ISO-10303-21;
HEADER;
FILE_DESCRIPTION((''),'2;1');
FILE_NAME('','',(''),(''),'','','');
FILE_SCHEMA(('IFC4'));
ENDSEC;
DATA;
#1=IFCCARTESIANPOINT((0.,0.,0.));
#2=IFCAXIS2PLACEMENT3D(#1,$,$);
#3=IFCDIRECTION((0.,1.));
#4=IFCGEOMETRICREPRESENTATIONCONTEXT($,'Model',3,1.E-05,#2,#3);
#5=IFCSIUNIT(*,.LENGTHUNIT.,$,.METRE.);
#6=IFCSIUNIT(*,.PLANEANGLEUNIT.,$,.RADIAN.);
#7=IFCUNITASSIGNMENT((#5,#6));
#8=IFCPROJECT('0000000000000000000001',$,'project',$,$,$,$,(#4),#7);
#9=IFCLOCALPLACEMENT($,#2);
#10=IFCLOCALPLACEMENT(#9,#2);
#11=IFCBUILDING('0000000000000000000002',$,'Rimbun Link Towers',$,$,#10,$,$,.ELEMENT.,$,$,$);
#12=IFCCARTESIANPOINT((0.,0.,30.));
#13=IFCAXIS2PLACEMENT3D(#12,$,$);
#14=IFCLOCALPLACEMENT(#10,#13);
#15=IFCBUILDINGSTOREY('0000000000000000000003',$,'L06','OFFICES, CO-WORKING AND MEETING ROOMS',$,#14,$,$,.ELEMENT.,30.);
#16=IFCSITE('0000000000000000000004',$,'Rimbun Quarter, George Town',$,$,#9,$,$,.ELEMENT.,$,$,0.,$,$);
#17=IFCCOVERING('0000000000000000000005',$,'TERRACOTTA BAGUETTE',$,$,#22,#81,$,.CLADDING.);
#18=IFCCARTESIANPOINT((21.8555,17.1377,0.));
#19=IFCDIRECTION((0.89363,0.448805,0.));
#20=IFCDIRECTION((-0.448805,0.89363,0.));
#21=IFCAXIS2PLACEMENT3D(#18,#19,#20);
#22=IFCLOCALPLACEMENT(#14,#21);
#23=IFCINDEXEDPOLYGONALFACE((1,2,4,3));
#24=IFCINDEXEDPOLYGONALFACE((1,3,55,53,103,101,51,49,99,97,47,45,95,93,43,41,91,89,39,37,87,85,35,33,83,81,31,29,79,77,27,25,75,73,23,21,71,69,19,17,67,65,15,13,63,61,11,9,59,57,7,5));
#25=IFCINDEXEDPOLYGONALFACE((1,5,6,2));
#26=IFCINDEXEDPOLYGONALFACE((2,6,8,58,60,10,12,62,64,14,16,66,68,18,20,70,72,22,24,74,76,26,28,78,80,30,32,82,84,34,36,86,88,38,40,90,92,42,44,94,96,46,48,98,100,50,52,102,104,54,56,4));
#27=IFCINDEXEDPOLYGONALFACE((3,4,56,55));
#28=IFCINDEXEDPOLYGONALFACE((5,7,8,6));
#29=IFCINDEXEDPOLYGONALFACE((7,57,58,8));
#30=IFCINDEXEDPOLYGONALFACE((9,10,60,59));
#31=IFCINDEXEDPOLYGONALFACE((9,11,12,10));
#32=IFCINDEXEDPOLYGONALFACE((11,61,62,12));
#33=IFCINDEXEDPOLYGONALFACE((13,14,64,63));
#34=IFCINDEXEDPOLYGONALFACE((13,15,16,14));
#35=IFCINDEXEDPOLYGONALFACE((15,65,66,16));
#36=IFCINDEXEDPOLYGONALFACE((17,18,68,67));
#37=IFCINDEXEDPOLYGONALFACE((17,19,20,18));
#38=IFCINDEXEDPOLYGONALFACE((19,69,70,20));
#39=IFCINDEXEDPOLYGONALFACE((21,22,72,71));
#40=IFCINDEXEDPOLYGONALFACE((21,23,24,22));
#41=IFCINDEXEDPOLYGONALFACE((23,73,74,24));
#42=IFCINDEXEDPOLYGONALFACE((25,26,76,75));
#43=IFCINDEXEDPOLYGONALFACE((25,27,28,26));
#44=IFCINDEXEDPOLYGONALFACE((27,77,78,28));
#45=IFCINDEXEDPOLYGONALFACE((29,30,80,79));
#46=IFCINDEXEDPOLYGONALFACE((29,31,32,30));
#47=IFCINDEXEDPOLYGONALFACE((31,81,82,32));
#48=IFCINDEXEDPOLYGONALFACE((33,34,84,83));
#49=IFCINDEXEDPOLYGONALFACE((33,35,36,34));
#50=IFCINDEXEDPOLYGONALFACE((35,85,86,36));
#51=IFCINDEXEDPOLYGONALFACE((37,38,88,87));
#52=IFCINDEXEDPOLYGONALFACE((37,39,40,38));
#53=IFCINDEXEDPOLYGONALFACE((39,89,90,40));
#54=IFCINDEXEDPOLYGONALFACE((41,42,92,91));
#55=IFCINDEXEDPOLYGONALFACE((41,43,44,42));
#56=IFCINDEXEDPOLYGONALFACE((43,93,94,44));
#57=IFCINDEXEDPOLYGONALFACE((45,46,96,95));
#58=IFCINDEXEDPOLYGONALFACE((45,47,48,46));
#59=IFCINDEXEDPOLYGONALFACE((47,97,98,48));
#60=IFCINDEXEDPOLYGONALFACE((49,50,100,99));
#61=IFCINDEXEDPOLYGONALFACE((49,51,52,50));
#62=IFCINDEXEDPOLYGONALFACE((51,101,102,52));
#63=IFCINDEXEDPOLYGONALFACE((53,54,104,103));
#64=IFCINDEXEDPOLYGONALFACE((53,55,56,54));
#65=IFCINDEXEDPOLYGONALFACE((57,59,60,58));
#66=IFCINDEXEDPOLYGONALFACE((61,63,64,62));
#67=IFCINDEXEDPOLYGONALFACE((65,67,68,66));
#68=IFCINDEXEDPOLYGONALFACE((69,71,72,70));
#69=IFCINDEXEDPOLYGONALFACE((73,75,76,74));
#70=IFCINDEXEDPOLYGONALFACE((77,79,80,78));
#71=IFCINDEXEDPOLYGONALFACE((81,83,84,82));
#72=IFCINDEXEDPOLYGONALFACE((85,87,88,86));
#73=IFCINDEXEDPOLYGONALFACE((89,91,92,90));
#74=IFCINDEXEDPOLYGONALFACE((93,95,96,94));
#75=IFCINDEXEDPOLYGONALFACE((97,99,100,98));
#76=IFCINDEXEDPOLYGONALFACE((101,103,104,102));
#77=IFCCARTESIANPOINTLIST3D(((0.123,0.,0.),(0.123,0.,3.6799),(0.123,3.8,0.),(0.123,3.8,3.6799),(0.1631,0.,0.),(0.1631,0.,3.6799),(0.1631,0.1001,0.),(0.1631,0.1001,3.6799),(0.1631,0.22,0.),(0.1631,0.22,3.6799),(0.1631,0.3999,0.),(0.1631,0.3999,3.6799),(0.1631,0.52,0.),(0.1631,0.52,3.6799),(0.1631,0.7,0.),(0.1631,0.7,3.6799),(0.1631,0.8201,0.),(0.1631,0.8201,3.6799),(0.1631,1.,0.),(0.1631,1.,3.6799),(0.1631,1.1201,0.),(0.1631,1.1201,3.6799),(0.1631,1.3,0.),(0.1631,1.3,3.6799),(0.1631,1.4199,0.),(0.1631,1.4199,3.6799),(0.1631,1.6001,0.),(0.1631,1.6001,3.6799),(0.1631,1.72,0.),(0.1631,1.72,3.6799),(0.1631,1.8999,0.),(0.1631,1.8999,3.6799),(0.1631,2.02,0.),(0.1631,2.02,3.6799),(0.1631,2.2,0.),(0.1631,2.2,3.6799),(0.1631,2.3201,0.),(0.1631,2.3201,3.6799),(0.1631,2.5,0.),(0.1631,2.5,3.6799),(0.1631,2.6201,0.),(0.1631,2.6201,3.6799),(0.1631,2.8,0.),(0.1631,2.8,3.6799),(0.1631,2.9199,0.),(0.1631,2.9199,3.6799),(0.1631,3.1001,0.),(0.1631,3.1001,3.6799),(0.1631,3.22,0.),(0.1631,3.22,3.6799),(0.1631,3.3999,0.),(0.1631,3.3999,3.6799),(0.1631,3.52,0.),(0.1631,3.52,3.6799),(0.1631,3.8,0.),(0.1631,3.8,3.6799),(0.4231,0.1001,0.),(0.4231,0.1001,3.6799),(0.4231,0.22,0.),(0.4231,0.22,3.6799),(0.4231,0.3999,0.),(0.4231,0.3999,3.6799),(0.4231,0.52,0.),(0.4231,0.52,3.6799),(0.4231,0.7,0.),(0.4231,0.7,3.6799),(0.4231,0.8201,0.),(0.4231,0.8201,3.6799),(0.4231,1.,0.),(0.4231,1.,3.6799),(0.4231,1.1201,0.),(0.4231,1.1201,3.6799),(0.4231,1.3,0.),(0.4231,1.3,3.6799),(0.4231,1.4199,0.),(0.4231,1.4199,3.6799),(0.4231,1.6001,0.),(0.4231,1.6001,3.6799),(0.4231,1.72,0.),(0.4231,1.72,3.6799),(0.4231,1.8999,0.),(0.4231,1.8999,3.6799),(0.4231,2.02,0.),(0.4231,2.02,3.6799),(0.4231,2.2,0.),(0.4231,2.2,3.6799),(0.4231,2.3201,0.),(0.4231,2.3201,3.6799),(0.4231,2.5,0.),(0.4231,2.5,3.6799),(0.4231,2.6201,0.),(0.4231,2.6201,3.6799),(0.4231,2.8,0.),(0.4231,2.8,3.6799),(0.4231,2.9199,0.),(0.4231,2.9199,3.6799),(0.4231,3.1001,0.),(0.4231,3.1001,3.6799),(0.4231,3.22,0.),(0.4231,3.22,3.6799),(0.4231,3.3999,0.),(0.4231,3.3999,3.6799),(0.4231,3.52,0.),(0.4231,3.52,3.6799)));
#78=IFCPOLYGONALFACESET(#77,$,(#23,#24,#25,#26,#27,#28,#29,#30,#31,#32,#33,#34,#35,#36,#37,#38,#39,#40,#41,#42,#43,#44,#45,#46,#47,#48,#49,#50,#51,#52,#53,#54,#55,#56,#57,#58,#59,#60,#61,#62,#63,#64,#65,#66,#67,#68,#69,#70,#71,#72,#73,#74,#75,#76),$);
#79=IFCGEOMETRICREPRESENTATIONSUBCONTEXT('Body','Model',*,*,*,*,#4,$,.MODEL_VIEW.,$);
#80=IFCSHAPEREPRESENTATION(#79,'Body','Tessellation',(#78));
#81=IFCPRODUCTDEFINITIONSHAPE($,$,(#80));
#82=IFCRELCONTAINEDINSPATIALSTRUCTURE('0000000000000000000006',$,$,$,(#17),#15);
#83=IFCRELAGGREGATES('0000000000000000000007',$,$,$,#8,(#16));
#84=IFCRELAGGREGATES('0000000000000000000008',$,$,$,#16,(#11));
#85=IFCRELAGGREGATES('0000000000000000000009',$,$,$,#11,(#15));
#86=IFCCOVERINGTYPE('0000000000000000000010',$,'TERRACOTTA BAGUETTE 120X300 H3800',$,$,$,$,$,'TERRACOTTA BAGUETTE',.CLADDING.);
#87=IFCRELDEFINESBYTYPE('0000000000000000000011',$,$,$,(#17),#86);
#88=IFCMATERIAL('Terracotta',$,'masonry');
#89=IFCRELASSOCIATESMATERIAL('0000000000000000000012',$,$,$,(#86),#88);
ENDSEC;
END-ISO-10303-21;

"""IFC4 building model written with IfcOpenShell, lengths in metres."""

from ifc_helpers import new_model, si_unit, direction, frame, origin, place, context, subcontext, project, spatial, polyline, outline, extrude, material, material_profile, profile_set, type_object, element, save


model = new_model("IFC4")

# Units and contexts
model_context = context("Model", 3, precision=1e-05, world=origin(), true_north=direction((0.0, 1.0)))
body_context = subcontext(model_context, "Body", "Model", "MODEL_VIEW")
ifc_project = project(units=[si_unit("LENGTHUNIT", "METRE"), si_unit("PLANEANGLEUNIT", "RADIAN")], contexts=[model_context])

# Site, building, storey
site_placement = place(None, origin())
site = spatial("IfcSite", under=ifc_project, at=site_placement, Name="Rimbun Quarter, George Town", CompositionType="ELEMENT", RefElevation=0.0)
building_placement = place(site_placement, origin())
building = spatial("IfcBuilding", under=site, at=building_placement, Name="Rimbun Link Towers", CompositionType="ELEMENT")
storey_placement = place(building_placement, frame((0.0, 0.0, 30.0)))
storey = spatial("IfcBuildingStorey", under=building, at=storey_placement, Name="L06", Description="OFFICES, CO-WORKING AND MEETING ROOMS", CompositionType="ELEMENT", Elevation=30.0)

# Covering
ifc_material_1 = material(Name="Terracotta", Category="masonry")
ifc_material_profile_1 = material_profile(ifc_material_1, outline(polyline([(0.123, 0.0), (0.1631, 0.0), (0.1631, 0.1001), (0.4231, 0.1001), (0.4231, 0.22), (0.1631, 0.22), (0.1631, 0.3999), (0.4231, 0.3999), (0.4231, 0.52), (0.1631, 0.52), (0.1631, 0.7), (0.4231, 0.7), (0.4231, 0.8201), (0.1631, 0.8201), (0.1631, 1.0), (0.4231, 1.0), (0.4231, 1.1201), (0.1631, 1.1201), (0.1631, 1.3), (0.4231, 1.3), (0.4231, 1.4199), (0.1631, 1.4199), (0.1631, 1.6001), (0.4231, 1.6001), (0.4231, 1.72), (0.1631, 1.72), (0.1631, 1.8999), (0.4231, 1.8999), (0.4231, 2.02), (0.1631, 2.02), (0.1631, 2.2), (0.4231, 2.2), (0.4231, 2.3201), (0.1631, 2.3201), (0.1631, 2.5), (0.4231, 2.5), (0.4231, 2.6201), (0.1631, 2.6201), (0.1631, 2.8), (0.4231, 2.8), (0.4231, 2.9199), (0.1631, 2.9199), (0.1631, 3.1001), (0.4231, 3.1001), (0.4231, 3.22), (0.1631, 3.22), (0.1631, 3.3999), (0.4231, 3.3999), (0.4231, 3.52), (0.1631, 3.52), (0.1631, 3.8), (0.123, 3.8), (0.123, 0.0)])), Name="BAGUETTE 120X300")
ifc_profile_set_1 = profile_set([ifc_material_profile_1], Name="Terracotta")
covering_type = type_object("IfcCoveringType", Name="TERRACOTTA BAGUETTE 120X300 H3800", ElementType="TERRACOTTA BAGUETTE", PredefinedType="CLADDING", material=ifc_profile_set_1)
covering_1_placement = place(storey_placement, frame((21.8555, 17.1377, 0.0), z_axis=(0.89363, 0.448805, 0.0), x_axis=(-0.448805, 0.89363, 0.0)))
element("IfcCovering", 1, at=covering_1_placement, inside=storey, type_object=covering_type, Name="TERRACOTTA BAGUETTE", PredefinedType="CLADDING", context=body_context, shape_type="SweptSolid", body=[
    extrude(outline(polyline([(0.123, 0.0), (0.1631, 0.0), (0.1631, 0.1001), (0.4231, 0.1001), (0.4231, 0.22), (0.1631, 0.22), (0.1631, 0.3999), (0.4231, 0.3999), (0.4231, 0.52), (0.1631, 0.52), (0.1631, 0.7), (0.4231, 0.7), (0.4231, 0.8201), (0.1631, 0.8201), (0.1631, 1.0), (0.4231, 1.0), (0.4231, 1.1201), (0.1631, 1.1201), (0.1631, 1.3), (0.4231, 1.3), (0.4231, 1.4199), (0.1631, 1.4199), (0.1631, 1.6001), (0.4231, 1.6001), (0.4231, 1.72), (0.1631, 1.72), (0.1631, 1.8999), (0.4231, 1.8999), (0.4231, 2.02), (0.1631, 2.02), (0.1631, 2.2), (0.4231, 2.2), (0.4231, 2.3201), (0.1631, 2.3201), (0.1631, 2.5), (0.4231, 2.5), (0.4231, 2.6201), (0.1631, 2.6201), (0.1631, 2.8), (0.4231, 2.8), (0.4231, 2.9199), (0.1631, 2.9199), (0.1631, 3.1001), (0.4231, 3.1001), (0.4231, 3.22), (0.1631, 3.22), (0.1631, 3.3999), (0.4231, 3.3999), (0.4231, 3.52), (0.1631, 3.52), (0.1631, 3.8), (0.123, 3.8), (0.123, 0.0)])), origin(), (0.0, 0.0, 1.0), 3.6799),
])

save(model, "model.ifc")
